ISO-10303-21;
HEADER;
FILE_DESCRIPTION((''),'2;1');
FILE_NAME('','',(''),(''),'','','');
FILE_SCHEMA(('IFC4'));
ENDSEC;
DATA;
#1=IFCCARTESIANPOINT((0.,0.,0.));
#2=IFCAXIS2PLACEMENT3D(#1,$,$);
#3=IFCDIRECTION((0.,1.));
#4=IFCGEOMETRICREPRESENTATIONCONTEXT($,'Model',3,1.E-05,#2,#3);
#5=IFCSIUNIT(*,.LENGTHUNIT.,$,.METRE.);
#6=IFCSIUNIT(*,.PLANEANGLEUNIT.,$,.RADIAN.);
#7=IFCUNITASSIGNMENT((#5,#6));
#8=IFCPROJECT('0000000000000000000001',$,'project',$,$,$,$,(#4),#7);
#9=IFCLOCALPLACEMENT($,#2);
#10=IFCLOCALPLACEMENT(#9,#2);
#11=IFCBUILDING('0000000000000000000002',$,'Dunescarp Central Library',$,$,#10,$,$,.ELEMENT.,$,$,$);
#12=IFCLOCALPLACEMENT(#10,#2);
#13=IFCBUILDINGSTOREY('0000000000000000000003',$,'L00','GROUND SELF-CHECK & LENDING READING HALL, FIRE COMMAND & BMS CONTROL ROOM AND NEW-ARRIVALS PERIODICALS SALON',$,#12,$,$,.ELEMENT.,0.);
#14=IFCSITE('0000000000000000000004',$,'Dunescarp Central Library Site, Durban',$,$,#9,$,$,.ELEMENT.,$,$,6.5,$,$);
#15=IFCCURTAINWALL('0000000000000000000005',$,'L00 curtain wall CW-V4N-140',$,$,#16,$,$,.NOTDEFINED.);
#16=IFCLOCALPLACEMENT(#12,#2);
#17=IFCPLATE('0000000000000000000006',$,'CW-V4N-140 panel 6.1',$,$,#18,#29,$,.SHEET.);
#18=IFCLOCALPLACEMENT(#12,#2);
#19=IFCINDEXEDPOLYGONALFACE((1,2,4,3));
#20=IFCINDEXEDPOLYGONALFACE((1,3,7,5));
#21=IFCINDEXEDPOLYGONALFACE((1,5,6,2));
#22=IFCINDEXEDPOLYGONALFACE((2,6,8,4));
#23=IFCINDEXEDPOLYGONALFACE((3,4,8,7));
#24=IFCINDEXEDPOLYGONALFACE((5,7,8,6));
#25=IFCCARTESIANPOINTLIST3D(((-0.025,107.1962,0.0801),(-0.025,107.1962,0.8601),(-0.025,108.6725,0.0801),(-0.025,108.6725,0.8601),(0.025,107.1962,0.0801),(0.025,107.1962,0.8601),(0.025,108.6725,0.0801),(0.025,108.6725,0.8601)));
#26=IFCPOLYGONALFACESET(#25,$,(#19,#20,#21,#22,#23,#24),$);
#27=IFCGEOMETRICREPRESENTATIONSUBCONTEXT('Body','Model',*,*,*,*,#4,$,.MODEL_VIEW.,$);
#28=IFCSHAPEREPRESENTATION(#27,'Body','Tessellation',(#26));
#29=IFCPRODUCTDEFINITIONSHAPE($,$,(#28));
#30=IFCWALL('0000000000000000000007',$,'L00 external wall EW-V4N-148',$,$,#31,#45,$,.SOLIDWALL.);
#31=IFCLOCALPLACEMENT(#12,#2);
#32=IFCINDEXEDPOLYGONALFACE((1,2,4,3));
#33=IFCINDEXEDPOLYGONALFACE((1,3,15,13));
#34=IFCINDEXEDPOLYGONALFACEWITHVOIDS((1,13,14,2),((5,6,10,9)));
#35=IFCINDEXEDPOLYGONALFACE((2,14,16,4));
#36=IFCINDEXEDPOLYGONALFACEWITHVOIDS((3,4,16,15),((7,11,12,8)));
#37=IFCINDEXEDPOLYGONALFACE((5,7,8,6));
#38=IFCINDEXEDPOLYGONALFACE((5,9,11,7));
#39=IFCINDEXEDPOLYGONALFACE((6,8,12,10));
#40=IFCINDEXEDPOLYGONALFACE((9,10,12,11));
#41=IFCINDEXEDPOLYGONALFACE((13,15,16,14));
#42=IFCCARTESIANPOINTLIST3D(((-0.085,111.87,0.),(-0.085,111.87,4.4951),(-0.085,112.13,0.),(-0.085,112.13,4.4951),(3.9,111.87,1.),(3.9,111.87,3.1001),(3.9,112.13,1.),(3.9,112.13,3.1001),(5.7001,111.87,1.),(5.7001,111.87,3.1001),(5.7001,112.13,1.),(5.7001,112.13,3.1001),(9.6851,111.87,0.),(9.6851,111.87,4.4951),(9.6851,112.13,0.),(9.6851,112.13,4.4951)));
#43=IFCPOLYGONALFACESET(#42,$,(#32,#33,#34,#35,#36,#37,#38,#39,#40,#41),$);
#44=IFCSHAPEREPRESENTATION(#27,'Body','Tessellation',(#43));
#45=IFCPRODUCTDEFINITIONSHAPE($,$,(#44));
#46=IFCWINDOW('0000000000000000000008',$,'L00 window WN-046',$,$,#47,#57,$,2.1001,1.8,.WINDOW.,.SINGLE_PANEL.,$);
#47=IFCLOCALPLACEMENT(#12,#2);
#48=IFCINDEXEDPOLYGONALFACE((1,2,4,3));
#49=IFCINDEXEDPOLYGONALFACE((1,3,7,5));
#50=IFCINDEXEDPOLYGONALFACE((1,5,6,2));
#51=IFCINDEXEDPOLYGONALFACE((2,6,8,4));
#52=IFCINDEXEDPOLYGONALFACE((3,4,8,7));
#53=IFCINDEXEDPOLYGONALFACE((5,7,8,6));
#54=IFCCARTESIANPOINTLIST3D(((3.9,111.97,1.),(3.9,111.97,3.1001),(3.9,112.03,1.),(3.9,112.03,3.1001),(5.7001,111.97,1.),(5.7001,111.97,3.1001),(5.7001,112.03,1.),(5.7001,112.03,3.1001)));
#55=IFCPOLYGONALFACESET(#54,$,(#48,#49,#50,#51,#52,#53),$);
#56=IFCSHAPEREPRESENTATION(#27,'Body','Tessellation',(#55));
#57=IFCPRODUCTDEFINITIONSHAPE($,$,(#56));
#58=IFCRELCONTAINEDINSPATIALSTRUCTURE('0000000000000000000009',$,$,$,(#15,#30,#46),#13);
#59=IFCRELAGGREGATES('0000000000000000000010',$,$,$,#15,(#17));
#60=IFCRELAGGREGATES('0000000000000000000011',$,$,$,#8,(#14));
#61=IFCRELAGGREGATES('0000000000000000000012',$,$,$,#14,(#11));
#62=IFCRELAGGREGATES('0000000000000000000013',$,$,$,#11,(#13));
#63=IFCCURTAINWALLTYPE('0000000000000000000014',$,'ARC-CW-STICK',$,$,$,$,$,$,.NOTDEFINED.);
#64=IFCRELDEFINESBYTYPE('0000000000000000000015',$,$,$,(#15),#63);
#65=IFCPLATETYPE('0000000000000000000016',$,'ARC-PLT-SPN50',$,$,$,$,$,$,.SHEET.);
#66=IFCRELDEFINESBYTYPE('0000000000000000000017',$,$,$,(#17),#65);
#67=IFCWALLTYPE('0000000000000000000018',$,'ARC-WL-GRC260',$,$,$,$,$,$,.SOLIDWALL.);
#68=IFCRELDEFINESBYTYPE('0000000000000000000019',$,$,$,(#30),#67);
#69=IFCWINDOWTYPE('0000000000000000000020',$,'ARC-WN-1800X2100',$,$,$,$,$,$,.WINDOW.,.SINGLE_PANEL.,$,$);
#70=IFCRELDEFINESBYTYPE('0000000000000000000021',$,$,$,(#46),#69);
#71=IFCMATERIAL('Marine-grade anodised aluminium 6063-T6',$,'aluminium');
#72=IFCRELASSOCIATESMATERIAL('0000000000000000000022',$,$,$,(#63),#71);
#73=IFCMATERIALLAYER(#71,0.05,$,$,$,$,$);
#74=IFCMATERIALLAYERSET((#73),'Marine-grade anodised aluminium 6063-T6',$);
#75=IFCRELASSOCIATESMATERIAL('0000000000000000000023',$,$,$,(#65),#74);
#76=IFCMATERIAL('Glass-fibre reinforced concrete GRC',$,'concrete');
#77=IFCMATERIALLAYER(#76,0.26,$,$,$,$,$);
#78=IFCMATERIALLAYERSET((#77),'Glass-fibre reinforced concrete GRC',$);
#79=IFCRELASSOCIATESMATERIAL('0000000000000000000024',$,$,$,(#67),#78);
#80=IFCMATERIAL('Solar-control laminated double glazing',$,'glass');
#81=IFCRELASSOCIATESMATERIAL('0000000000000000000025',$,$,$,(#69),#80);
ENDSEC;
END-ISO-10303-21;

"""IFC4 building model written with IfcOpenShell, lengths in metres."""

from ifc_helpers import new_model, si_unit, direction, frame, frame_2d, origin, origin_2d, place, context, subcontext, project, spatial, rectangle, extrude, material, layer, layer_set, type_object, element, fill, aggregate, save


model = new_model("IFC4")

# Units and contexts
model_context = context("Model", 3, precision=1e-05, world=origin(), true_north=direction((0.0, 1.0)))
body_context = subcontext(model_context, "Body", "Model", "MODEL_VIEW")
ifc_project = project(units=[si_unit("LENGTHUNIT", "METRE"), si_unit("PLANEANGLEUNIT", "RADIAN")], contexts=[model_context])

# Site, building, storey
site_placement = place(None, origin())
site = spatial("IfcSite", under=ifc_project, at=site_placement, Name="Dunescarp Central Library Site, Durban", CompositionType="ELEMENT", RefElevation=6.5)
building_placement = place(site_placement, origin())
building = spatial("IfcBuilding", under=site, at=building_placement, Name="Dunescarp Central Library", CompositionType="ELEMENT")
storey_placement = place(building_placement, origin())
storey = spatial("IfcBuildingStorey", under=building, at=storey_placement, Name="L00", Description="GROUND SELF-CHECK & LENDING READING HALL, FIRE COMMAND & BMS CONTROL ROOM AND NEW-ARRIVALS PERIODICALS SALON", CompositionType="ELEMENT", Elevation=0.0)

# Curtain wall, plate
ifc_material_1 = material(Name="Marine-grade anodised aluminium 6063-T6", Category="aluminium")
curtain_wall_type = type_object("IfcCurtainWallType", Name="ARC-CW-STICK", PredefinedType="NOTDEFINED", material=ifc_material_1)
curtain_wall_placement = place(storey_placement, origin())
curtain_wall = element("IfcCurtainWall", 1, at=curtain_wall_placement, inside=storey, type_object=curtain_wall_type, Name="L00 curtain wall CW-V4N-140", PredefinedType="NOTDEFINED")
ifc_material_2 = material(Name="Solar-control laminated double glazing", Category="glass")
ifc_layer_1 = layer(ifc_material_1, 0.05)
ifc_layer_set_1 = layer_set([ifc_layer_1], Name="Marine-grade anodised aluminium 6063-T6")
plate_type_1 = type_object("IfcPlateType", Name="ARC-PLT-SPN50", PredefinedType="SHEET", material=ifc_layer_set_1)
plate_1_placement = place(storey_placement, frame((0.0, 107.9343, 0.0801), z_axis=(0.0, 0.0, 1.0), x_axis=(0.0, 1.0, 0.0)))
plate_1 = element("IfcPlate", 2, at=plate_1_placement, type_object=plate_type_1, Name="CW-V4N-140 panel 6.1", PredefinedType="SHEET", context=body_context, shape_type="SweptSolid", body=[
    extrude(rectangle(XDim=1.4763, YDim=0.05, at=origin_2d()), origin(), (0.0, 0.0, 1.0), 0.78),
])
aggregate(curtain_wall, [plate_1])

# Wall, opening, window
ifc_material_3 = material(Name="Glass-fibre reinforced concrete GRC", Category="concrete")
ifc_layer_2 = layer(ifc_material_3, 0.26)
ifc_layer_set_2 = layer_set([ifc_layer_2], Name="Glass-fibre reinforced concrete GRC")
wall_type = type_object("IfcWallType", Name="ARC-WL-GRC260", PredefinedType="SOLIDWALL", material=ifc_layer_set_2)
wall_placement = place(storey_placement, frame((-0.085, 112.0, 0.0), z_axis=(0.0, 0.0, 1.0), x_axis=(1.0, 0.0, 0.0)))
wall = element("IfcWall", 3, at=wall_placement, inside=storey, type_object=wall_type, Name="L00 external wall EW-V4N-148", PredefinedType="SOLIDWALL", context=body_context, shape_type="SweptSolid", body=[
    extrude(rectangle(XDim=9.77, YDim=0.26, at=frame_2d((4.885, 0.0))), origin(), (0.0, 0.0, 1.0), 4.4951),
])
opening_placement = place(wall_placement, frame((3.9851, 0.0, 1.0)))
opening = element("IfcOpeningElement", 4, at=opening_placement, cuts=wall, PredefinedType="OPENING", context=body_context, shape_type="SweptSolid", body=[
    extrude(rectangle(XDim=1.8, YDim=2.1001, at=frame_2d((0.8999, 1.05))), frame((0.0, 0.1401, 0.0), z_axis=(0.0, -1.0, 0.0), x_axis=(1.0, 0.0, 0.0)), (0.0, 0.0, 1.0), 0.28),
])
window_type = type_object("IfcWindowType", Name="ARC-WN-1800X2100", PartitioningType="SINGLE_PANEL", PredefinedType="WINDOW", material=ifc_material_2)
window_placement = place(opening_placement, origin())
window = element("IfcWindow", 5, at=window_placement, inside=storey, type_object=window_type, Name="L00 window WN-046", OverallHeight=2.1001, OverallWidth=1.8, PartitioningType="SINGLE_PANEL", PredefinedType="WINDOW", context=body_context, shape_type="SweptSolid", body=[
    extrude(rectangle(XDim=1.8, YDim=2.1001, at=frame_2d((0.8999, 1.05))), frame((0.0, 0.03, 0.0), z_axis=(0.0, -1.0, 0.0), x_axis=(1.0, 0.0, 0.0)), (0.0, 0.0, 1.0), 0.0601),
])
fill(opening, window)

save(model, "model.ifc")
